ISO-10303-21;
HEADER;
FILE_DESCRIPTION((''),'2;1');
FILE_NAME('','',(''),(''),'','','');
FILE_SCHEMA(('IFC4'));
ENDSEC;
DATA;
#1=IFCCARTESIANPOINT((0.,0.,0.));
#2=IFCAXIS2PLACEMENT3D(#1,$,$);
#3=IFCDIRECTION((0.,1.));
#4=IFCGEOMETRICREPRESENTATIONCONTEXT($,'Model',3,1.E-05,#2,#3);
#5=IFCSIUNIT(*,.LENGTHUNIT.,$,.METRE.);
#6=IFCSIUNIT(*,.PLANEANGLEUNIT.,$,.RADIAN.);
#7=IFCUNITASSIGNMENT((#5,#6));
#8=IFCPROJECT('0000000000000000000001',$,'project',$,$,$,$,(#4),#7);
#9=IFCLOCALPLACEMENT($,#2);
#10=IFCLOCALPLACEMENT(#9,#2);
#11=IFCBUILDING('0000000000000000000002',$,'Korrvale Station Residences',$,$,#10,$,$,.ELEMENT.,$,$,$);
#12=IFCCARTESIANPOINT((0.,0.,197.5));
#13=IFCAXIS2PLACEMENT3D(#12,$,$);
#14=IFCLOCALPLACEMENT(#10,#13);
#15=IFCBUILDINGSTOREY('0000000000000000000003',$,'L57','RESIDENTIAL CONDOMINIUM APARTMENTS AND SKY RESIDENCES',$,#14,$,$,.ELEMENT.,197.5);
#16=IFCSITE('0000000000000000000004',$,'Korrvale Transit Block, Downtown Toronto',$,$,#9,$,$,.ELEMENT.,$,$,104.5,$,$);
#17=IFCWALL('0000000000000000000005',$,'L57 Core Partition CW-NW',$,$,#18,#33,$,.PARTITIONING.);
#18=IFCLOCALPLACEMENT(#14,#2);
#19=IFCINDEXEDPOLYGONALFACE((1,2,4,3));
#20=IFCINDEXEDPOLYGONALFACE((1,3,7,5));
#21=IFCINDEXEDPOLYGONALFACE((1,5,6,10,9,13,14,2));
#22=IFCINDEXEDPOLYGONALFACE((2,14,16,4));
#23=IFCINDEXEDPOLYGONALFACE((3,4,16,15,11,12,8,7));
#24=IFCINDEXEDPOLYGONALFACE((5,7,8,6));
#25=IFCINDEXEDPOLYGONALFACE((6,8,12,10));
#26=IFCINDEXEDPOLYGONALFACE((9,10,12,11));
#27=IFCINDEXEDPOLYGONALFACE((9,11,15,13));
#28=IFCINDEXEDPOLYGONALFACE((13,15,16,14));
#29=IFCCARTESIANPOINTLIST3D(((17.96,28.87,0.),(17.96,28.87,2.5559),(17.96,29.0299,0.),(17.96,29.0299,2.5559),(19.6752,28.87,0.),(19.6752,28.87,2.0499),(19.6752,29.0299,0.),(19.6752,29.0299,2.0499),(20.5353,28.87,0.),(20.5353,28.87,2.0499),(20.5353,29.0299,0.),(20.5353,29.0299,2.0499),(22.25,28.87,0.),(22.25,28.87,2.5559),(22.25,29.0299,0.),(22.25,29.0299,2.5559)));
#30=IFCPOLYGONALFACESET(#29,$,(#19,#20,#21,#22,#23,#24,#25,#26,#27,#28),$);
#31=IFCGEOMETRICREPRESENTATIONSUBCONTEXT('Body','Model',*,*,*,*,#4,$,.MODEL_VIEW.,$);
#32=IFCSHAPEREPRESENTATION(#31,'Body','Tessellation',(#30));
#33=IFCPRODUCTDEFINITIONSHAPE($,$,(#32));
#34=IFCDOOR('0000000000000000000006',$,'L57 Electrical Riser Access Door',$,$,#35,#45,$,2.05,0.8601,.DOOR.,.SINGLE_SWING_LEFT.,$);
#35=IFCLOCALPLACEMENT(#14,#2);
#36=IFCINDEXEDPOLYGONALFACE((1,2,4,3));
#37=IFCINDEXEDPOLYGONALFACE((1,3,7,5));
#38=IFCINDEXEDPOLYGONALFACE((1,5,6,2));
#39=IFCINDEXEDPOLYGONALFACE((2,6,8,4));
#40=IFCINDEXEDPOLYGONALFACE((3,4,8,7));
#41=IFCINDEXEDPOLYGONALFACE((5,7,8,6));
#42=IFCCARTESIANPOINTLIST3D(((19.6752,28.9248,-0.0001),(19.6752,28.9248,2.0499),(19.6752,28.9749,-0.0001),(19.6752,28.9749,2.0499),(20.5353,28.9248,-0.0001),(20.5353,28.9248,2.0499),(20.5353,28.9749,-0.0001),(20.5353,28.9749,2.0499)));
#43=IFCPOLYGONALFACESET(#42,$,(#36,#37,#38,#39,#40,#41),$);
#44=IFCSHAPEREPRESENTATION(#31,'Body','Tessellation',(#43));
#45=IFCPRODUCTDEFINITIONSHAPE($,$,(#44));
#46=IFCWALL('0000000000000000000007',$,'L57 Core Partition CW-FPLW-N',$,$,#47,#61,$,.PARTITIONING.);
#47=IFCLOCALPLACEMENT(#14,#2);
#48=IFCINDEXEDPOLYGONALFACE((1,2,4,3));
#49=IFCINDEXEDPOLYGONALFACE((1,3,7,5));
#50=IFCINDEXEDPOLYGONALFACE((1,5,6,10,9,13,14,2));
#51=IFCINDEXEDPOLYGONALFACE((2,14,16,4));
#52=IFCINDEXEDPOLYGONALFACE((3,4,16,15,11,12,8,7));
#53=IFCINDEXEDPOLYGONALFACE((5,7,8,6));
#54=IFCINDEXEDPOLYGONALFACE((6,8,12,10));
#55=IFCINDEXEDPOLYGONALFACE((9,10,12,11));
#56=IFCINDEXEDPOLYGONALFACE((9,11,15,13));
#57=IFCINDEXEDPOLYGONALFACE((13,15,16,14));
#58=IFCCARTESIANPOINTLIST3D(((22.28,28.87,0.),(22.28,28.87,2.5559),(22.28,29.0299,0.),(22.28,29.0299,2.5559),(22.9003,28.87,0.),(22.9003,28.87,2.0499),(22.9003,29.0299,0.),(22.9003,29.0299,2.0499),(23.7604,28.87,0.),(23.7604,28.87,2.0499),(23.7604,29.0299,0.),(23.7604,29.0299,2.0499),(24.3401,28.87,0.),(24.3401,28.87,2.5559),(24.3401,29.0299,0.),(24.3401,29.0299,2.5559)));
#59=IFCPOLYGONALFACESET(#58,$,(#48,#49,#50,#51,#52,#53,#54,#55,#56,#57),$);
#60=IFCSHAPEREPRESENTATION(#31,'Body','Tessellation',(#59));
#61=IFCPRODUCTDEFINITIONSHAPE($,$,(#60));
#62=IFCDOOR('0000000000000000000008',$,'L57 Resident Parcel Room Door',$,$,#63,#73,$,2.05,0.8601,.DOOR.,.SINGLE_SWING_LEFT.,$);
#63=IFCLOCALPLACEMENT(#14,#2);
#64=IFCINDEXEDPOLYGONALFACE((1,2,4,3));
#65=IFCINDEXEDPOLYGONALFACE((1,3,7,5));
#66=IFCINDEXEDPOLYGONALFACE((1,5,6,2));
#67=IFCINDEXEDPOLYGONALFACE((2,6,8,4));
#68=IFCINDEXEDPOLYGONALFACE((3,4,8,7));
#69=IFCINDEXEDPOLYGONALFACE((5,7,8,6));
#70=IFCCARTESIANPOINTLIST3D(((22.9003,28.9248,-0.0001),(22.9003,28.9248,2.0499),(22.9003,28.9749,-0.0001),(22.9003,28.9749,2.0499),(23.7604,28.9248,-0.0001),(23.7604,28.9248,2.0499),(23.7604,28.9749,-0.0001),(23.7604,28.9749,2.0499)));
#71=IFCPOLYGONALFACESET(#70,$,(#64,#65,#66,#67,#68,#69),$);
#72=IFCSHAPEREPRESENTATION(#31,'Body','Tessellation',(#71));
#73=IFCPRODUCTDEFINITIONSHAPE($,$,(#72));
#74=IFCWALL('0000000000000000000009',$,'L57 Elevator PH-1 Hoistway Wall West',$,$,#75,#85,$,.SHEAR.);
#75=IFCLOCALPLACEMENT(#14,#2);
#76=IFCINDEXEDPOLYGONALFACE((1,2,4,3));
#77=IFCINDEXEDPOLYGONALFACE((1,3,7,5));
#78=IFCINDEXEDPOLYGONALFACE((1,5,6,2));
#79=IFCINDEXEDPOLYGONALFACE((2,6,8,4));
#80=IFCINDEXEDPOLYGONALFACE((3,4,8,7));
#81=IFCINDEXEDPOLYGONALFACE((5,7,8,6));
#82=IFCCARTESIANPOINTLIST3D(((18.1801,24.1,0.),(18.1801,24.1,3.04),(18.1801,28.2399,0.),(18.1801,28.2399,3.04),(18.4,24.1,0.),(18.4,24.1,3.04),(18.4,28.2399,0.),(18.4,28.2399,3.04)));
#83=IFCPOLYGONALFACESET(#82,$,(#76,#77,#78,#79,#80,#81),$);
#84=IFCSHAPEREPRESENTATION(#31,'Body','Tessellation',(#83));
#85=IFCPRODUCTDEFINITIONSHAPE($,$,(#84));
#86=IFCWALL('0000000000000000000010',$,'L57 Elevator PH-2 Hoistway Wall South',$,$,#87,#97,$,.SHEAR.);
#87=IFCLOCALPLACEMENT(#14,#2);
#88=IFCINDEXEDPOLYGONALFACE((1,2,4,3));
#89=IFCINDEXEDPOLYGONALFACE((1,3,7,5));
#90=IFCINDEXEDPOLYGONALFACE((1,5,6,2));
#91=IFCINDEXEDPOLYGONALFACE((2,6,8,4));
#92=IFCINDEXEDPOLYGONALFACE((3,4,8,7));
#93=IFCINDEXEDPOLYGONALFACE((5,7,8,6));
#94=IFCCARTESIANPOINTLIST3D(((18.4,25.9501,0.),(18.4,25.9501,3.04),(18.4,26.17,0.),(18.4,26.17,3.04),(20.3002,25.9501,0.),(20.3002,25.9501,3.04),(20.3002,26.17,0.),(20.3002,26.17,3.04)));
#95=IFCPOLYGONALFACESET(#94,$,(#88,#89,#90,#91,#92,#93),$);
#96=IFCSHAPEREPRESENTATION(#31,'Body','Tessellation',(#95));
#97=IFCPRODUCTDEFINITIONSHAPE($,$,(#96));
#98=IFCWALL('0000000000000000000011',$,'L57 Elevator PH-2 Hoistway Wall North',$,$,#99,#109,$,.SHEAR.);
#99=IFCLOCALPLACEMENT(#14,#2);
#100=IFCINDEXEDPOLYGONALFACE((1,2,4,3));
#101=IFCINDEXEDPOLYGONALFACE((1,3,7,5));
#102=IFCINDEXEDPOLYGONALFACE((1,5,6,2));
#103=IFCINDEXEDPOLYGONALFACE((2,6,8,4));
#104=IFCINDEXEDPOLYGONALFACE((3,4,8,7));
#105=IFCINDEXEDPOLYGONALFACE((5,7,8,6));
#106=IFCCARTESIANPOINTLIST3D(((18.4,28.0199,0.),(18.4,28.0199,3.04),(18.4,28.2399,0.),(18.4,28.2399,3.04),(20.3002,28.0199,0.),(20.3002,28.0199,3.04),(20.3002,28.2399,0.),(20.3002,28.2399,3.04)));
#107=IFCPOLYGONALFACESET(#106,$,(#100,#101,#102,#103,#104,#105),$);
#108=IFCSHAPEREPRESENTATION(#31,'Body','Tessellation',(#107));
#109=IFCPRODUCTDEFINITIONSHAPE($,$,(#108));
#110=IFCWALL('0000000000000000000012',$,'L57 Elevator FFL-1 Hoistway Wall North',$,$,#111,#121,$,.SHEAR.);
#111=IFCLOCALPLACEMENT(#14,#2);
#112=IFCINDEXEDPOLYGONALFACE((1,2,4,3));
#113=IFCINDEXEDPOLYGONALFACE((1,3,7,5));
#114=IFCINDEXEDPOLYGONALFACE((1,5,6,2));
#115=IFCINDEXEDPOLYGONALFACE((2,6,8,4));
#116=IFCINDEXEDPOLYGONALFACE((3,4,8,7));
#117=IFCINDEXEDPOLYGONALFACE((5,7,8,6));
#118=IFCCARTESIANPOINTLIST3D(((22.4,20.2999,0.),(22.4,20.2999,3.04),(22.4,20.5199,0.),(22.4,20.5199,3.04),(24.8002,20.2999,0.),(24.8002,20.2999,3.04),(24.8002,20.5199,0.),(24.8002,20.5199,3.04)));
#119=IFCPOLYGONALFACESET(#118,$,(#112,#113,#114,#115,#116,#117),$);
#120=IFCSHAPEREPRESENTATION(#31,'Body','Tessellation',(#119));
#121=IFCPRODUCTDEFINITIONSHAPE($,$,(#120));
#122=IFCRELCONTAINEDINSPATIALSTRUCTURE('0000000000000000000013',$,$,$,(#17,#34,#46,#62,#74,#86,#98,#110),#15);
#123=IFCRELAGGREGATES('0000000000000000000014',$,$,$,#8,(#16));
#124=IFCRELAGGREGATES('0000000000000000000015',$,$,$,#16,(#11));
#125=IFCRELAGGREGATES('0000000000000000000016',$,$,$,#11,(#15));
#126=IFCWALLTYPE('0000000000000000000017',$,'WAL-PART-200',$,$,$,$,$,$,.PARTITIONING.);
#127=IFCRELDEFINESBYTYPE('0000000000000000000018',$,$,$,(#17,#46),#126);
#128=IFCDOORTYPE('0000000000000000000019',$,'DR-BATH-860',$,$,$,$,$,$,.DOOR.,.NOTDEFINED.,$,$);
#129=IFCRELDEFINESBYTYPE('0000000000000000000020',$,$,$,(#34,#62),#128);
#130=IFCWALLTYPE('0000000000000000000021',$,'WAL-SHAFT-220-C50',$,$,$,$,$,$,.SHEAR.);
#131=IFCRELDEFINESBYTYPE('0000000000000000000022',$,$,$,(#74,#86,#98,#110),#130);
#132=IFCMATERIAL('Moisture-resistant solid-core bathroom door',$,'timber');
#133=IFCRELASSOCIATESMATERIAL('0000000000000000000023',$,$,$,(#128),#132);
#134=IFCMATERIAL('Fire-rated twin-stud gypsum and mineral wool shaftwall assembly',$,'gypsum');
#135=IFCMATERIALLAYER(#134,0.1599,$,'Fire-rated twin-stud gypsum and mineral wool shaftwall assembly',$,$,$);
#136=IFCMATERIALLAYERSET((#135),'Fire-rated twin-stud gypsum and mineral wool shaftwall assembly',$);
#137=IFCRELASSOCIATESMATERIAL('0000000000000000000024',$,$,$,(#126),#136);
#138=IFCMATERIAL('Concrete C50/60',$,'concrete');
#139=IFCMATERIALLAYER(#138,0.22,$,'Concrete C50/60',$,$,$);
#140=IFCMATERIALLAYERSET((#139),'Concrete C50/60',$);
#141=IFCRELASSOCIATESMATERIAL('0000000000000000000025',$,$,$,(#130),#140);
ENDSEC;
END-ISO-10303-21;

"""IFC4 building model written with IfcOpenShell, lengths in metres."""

from ifc_helpers import new_model, si_unit, direction, frame, frame_2d, origin, place, context, subcontext, project, spatial, rectangle, extrude, material, layer, layer_set, type_object, element, fill, save


model = new_model("IFC4")

# Units and contexts
model_context = context("Model", 3, precision=1e-05, world=origin(), true_north=direction((0.0, 1.0)))
body_context = subcontext(model_context, "Body", "Model", "MODEL_VIEW")
ifc_project = project(units=[si_unit("LENGTHUNIT", "METRE"), si_unit("PLANEANGLEUNIT", "RADIAN")], contexts=[model_context])

# Site, building, storey
site_placement = place(None, origin())
site = spatial("IfcSite", under=ifc_project, at=site_placement, Name="Korrvale Transit Block, Downtown Toronto", CompositionType="ELEMENT", RefElevation=104.5)
building_placement = place(site_placement, origin())
building = spatial("IfcBuilding", under=site, at=building_placement, Name="Korrvale Station Residences", CompositionType="ELEMENT")
storey_placement = place(building_placement, frame((0.0, 0.0, 197.5)))
storey = spatial("IfcBuildingStorey", under=building, at=storey_placement, Name="L57", Description="RESIDENTIAL CONDOMINIUM APARTMENTS AND SKY RESIDENCES", CompositionType="ELEMENT", Elevation=197.5)

# Shared definitions
ifc_material_1 = material(Name="Concrete C50/60", Category="concrete")

# Shared definitions
ifc_material_2 = material(Name="Moisture-resistant solid-core bathroom door", Category="timber")
door_type_1 = type_object("IfcDoorType", Name="DR-BATH-860", OperationType="NOTDEFINED", PredefinedType="DOOR", material=ifc_material_2)

# Shared definitions
ifc_material_3 = material(Name="Fire-rated twin-stud gypsum and mineral wool shaftwall assembly", Category="gypsum")
ifc_layer_1 = layer(ifc_material_3, 0.1599, Name="Fire-rated twin-stud gypsum and mineral wool shaftwall assembly")
ifc_layer_set_1 = layer_set([ifc_layer_1], Name="Fire-rated twin-stud gypsum and mineral wool shaftwall assembly")
wall_type_1 = type_object("IfcWallType", Name="WAL-PART-200", PredefinedType="PARTITIONING", material=ifc_layer_set_1)

# Walls, openings, doors
wall_1_placement = place(storey_placement, frame((17.96, 28.95, 0.0), z_axis=(0.0, 0.0, 1.0), x_axis=(1.0, 0.0, 0.0)))
wall_1 = element("IfcWall", 1, at=wall_1_placement, inside=storey, type_object=wall_type_1, Name="L57 Core Partition CW-NW", PredefinedType="PARTITIONING", context=body_context, shape_type="SweptSolid", body=[
    extrude(rectangle(XDim=4.29, YDim=0.1599, at=frame_2d((2.145, 0.0))), origin(), (0.0, 0.0, 1.0), 2.5559),
])
opening_1_placement = place(wall_1_placement, frame((1.7151, 0.0, 0.0)))
opening_1 = element("IfcOpeningElement", 2, at=opening_1_placement, cuts=wall_1, PredefinedType="OPENING", context=body_context, shape_type="SweptSolid", body=[
    extrude(rectangle(XDim=0.8601, YDim=2.05, at=frame_2d((0.4302, 1.0249))), frame((0.0, 0.0898, 0.0), z_axis=(0.0, -1.0, 0.0), x_axis=(1.0, 0.0, 0.0)), (0.0, 0.0, 1.0), 0.1799),
])
door_1_placement = place(opening_1_placement, origin())
door_1 = element("IfcDoor", 3, at=door_1_placement, inside=storey, type_object=door_type_1, Name="L57 Electrical Riser Access Door", OperationType="SINGLE_SWING_LEFT", OverallHeight=2.05, OverallWidth=0.8601, PredefinedType="DOOR", context=body_context, shape_type="SweptSolid", body=[
    extrude(rectangle(XDim=0.8601, YDim=2.05, at=frame_2d((0.4302, 1.0249))), frame((0.0, 0.0249, 0.0), z_axis=(0.0, -1.0, 0.0), x_axis=(1.0, 0.0, 0.0)), (0.0, 0.0, 1.0), 0.05),
])
fill(opening_1, door_1)
wall_2_placement = place(storey_placement, frame((22.28, 28.95, 0.0), z_axis=(0.0, 0.0, 1.0), x_axis=(1.0, 0.0, 0.0)))
wall_2 = element("IfcWall", 4, at=wall_2_placement, inside=storey, type_object=wall_type_1, Name="L57 Core Partition CW-FPLW-N", PredefinedType="PARTITIONING", context=body_context, shape_type="SweptSolid", body=[
    extrude(rectangle(XDim=2.0601, YDim=0.1599, at=frame_2d((1.03, 0.0))), origin(), (0.0, 0.0, 1.0), 2.5559),
])
opening_2_placement = place(wall_2_placement, frame((0.6201, 0.0, 0.0)))
opening_2 = element("IfcOpeningElement", 5, at=opening_2_placement, cuts=wall_2, PredefinedType="OPENING", context=body_context, shape_type="SweptSolid", body=[
    extrude(rectangle(XDim=0.8601, YDim=2.05, at=frame_2d((0.4302, 1.0249))), frame((0.0, 0.0898, 0.0), z_axis=(0.0, -1.0, 0.0), x_axis=(1.0, 0.0, 0.0)), (0.0, 0.0, 1.0), 0.1799),
])
door_2_placement = place(opening_2_placement, origin())
door_2 = element("IfcDoor", 6, at=door_2_placement, inside=storey, type_object=door_type_1, Name="L57 Resident Parcel Room Door", OperationType="SINGLE_SWING_LEFT", OverallHeight=2.05, OverallWidth=0.8601, PredefinedType="DOOR", context=body_context, shape_type="SweptSolid", body=[
    extrude(rectangle(XDim=0.8601, YDim=2.05, at=frame_2d((0.4302, 1.0249))), frame((0.0, 0.0249, 0.0), z_axis=(0.0, -1.0, 0.0), x_axis=(1.0, 0.0, 0.0)), (0.0, 0.0, 1.0), 0.05),
])
fill(opening_2, door_2)

# Wall
ifc_layer_2 = layer(ifc_material_1, 0.22, Name="Concrete C50/60")
ifc_layer_set_2 = layer_set([ifc_layer_2], Name="Concrete C50/60")
wall_type_2 = type_object("IfcWallType", Name="WAL-SHAFT-220-C50", PredefinedType="SHEAR", material=ifc_layer_set_2)
wall_3_placement = place(storey_placement, frame((18.29, 24.1001, 0.0), z_axis=(0.0, 0.0, 1.0), x_axis=(0.0, 1.0, 0.0)))
element("IfcWall", 7, at=wall_3_placement, inside=storey, type_object=wall_type_2, Name="L57 Elevator PH-1 Hoistway Wall West", PredefinedType="SHEAR", context=body_context, shape_type="SweptSolid", body=[
    extrude(rectangle(XDim=4.1399, YDim=0.22, at=frame_2d((2.0698, 0.0))), origin(), (0.0, 0.0, 1.0), 3.04),
])

# Walls
for number, where, z_axis, x_axis, name in (
    (8, (18.3999, 26.0601, 0.0), (0.0, 0.0, 1.0), (1.0, 0.0, 0.0), "L57 Elevator PH-2 Hoistway Wall South"),
    (9, (18.3999, 28.1299, 0.0), (0.0, 0.0, 1.0), (1.0, 0.0, 0.0), "L57 Elevator PH-2 Hoistway Wall North"),
):
    element("IfcWall", number, at=place(storey_placement, frame(where, z_axis=z_axis, x_axis=x_axis)), inside=storey, type_object=wall_type_2, Name=name, PredefinedType="SHEAR", context=body_context, shape_type="SweptSolid", body=[
        extrude(rectangle(XDim=1.9001, YDim=0.22, at=frame_2d((0.9502, 0.0))), origin(), (0.0, 0.0, 1.0), 3.04),
    ])

# Wall
wall_4_placement = place(storey_placement, frame((22.3999, 20.4099, 0.0), z_axis=(0.0, 0.0, 1.0), x_axis=(1.0, 0.0, 0.0)))
element("IfcWall", 10, at=wall_4_placement, inside=storey, type_object=wall_type_2, Name="L57 Elevator FFL-1 Hoistway Wall North", PredefinedType="SHEAR", context=body_context, shape_type="SweptSolid", body=[
    extrude(rectangle(XDim=2.4001, YDim=0.22, at=frame_2d((1.2002, 0.0))), origin(), (0.0, 0.0, 1.0), 3.04),
])

save(model, "model.ifc")
